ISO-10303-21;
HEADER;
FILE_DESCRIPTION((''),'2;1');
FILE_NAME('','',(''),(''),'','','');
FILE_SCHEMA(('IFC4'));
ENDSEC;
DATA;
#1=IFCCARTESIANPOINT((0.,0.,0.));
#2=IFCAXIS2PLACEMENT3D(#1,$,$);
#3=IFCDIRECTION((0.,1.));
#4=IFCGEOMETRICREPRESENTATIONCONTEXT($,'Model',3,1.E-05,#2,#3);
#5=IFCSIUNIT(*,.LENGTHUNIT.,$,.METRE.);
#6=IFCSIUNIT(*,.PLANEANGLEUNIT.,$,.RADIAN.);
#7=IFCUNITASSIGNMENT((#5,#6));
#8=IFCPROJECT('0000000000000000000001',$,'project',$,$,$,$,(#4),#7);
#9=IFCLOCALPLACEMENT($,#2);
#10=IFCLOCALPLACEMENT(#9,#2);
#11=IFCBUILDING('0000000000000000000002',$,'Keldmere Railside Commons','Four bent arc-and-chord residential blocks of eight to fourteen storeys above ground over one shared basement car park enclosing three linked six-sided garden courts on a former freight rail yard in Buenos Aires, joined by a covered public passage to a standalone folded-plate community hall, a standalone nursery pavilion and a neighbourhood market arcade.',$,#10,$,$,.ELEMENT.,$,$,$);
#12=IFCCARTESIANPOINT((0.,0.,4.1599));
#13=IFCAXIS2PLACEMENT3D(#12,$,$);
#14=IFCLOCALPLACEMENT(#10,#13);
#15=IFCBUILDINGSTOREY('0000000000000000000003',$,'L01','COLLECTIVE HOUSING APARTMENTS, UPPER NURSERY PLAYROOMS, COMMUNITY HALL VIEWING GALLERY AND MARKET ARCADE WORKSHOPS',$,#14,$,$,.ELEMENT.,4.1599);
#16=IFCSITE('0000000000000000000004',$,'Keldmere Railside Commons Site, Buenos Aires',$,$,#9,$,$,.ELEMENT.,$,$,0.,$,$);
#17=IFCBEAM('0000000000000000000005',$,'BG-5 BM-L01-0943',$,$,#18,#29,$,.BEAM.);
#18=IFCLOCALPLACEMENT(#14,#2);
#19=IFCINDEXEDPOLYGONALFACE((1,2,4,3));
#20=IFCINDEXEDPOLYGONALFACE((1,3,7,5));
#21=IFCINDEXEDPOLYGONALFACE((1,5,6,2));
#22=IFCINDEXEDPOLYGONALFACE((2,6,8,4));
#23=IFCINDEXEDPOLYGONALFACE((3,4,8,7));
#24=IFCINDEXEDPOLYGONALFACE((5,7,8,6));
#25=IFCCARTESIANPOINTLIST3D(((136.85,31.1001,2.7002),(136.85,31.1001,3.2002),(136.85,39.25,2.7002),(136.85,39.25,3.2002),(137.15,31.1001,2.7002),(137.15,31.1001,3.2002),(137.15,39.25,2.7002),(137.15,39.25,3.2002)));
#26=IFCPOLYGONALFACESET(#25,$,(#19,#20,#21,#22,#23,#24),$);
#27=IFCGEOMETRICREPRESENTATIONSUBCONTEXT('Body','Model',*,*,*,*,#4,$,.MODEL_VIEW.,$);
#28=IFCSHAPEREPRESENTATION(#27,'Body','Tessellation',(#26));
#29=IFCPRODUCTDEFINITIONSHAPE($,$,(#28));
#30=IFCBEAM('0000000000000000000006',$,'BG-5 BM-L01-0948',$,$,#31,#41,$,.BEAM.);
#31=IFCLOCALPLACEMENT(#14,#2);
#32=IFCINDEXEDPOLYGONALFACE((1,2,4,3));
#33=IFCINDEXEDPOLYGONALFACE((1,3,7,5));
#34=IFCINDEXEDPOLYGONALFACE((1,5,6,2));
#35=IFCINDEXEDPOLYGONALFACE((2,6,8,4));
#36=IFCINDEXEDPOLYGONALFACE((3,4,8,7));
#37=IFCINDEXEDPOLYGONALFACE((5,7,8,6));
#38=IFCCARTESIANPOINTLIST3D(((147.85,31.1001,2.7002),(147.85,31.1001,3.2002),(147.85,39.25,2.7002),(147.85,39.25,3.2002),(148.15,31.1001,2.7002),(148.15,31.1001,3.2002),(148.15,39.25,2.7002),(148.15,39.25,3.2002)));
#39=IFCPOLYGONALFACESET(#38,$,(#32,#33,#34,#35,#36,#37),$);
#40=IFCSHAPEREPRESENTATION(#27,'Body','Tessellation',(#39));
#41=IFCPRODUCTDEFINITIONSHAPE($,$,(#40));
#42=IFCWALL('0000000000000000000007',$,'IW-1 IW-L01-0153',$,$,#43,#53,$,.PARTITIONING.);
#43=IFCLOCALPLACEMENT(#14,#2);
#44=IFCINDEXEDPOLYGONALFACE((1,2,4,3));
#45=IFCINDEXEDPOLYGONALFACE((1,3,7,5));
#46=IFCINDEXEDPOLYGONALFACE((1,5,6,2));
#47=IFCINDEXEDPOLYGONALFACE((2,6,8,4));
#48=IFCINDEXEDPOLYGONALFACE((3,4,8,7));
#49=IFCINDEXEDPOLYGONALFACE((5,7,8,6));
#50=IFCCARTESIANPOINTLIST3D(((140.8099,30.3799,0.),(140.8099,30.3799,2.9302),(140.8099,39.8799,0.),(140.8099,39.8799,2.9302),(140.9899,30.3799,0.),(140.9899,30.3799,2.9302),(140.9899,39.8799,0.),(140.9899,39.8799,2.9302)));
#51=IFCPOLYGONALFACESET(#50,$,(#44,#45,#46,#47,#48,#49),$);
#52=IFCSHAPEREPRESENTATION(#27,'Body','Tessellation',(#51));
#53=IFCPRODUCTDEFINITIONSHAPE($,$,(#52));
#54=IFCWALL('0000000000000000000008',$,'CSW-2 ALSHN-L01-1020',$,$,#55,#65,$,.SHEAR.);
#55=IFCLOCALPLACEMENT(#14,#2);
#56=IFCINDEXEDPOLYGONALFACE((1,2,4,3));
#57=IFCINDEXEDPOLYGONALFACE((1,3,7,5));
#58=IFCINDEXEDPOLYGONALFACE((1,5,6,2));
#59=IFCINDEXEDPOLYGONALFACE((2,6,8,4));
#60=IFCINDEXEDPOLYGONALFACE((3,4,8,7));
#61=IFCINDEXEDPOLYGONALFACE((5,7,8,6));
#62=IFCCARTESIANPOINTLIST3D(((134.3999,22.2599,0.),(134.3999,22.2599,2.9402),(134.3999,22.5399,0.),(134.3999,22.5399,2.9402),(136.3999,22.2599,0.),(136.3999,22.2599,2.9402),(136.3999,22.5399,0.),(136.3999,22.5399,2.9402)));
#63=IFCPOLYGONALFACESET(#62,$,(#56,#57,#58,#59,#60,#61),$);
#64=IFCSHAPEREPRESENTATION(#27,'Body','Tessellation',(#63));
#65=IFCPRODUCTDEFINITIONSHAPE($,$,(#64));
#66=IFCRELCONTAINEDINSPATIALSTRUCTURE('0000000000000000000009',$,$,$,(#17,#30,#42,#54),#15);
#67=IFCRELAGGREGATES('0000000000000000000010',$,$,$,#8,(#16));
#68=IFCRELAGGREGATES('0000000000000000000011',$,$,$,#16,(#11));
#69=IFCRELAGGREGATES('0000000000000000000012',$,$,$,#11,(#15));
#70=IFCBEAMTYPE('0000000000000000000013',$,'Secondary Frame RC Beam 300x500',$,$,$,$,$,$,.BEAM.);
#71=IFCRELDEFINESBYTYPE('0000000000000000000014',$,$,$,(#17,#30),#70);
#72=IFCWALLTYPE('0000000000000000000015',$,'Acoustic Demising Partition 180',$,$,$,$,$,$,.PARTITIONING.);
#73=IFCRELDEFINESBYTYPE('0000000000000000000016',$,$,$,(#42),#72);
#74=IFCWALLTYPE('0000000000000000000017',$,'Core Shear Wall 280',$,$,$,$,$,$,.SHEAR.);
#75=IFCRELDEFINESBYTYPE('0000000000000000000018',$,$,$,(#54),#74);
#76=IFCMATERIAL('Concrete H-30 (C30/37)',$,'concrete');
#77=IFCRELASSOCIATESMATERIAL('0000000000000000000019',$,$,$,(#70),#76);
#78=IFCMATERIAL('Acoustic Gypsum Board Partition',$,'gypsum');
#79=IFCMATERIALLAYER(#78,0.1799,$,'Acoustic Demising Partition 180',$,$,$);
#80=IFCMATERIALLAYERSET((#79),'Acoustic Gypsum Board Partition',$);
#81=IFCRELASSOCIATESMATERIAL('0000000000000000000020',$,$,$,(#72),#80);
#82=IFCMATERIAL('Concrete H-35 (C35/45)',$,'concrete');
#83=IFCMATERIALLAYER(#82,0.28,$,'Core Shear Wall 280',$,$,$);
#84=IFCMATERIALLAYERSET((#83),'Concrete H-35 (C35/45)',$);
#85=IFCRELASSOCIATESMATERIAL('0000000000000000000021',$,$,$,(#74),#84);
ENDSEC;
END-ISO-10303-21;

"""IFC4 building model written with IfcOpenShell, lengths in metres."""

from ifc_helpers import new_model, si_unit, direction, frame, frame_2d, origin, origin_2d, place, context, subcontext, project, spatial, rectangle, extrude, material, layer, layer_set, material_profile, profile_set, type_object, element, save


model = new_model("IFC4")

# Units and contexts
model_context = context("Model", 3, precision=1e-05, world=origin(), true_north=direction((0.0, 1.0)))
body_context = subcontext(model_context, "Body", "Model", "MODEL_VIEW")
ifc_project = project(units=[si_unit("LENGTHUNIT", "METRE"), si_unit("PLANEANGLEUNIT", "RADIAN")], contexts=[model_context])

# Site, building, storey
site_placement = place(None, origin())
site = spatial("IfcSite", under=ifc_project, at=site_placement, Name="Keldmere Railside Commons Site, Buenos Aires", CompositionType="ELEMENT", RefElevation=0.0)
building_placement = place(site_placement, origin())
building = spatial("IfcBuilding", under=site, at=building_placement, Name="Keldmere Railside Commons", Description="Four bent arc-and-chord residential blocks of eight to fourteen storeys above ground over one shared basement car park enclosing three linked six-sided garden courts on a former freight rail yard in Buenos Aires, joined by a covered public passage to a standalone folded-plate community hall, a standalone nursery pavilion and a neighbourhood market arcade.", CompositionType="ELEMENT")
storey_placement = place(building_placement, frame((0.0, 0.0, 4.1599)))
storey = spatial("IfcBuildingStorey", under=building, at=storey_placement, Name="L01", Description="COLLECTIVE HOUSING APARTMENTS, UPPER NURSERY PLAYROOMS, COMMUNITY HALL VIEWING GALLERY AND MARKET ARCADE WORKSHOPS", CompositionType="ELEMENT", Elevation=4.1599)

# Shared definitions
ifc_material_1 = material(Name="Concrete H-35 (C35/45)", Category="concrete")

# Beams
ifc_material_2 = material(Name="Concrete H-30 (C30/37)", Category="concrete")
ifc_material_profile_1 = material_profile(ifc_material_2, rectangle(XDim=0.3, YDim=0.5, at=origin_2d()), Name="RC-300x500")
ifc_profile_set_1 = profile_set([ifc_material_profile_1], Name="Concrete H-30 (C30/37)")
beam_type_1 = type_object("IfcBeamType", Name="Secondary Frame RC Beam 300x500", PredefinedType="BEAM", material=ifc_profile_set_1)
for number, where, z_axis, x_axis, name in (
    (1, (137.0, 31.1001, 2.9502), (0.0, 1.0, 0.0), (-1.0, 0.0, 0.0), "BG-5 BM-L01-0943"),
    (2, (148.0, 31.1001, 2.9502), (0.0, 1.0, 0.0), (-1.0, 0.0, 0.0), "BG-5 BM-L01-0948"),
):
    element("IfcBeam", number, at=place(storey_placement, frame(where, z_axis=z_axis, x_axis=x_axis)), inside=storey, type_object=beam_type_1, Name=name, PredefinedType="BEAM", context=body_context, shape_type="SweptSolid", body=[
        extrude(rectangle(XDim=0.3, YDim=0.5, at=origin_2d()), origin(), (0.0, 0.0, 1.0), 8.1499),
    ])

# Walls
ifc_material_3 = material(Name="Acoustic Gypsum Board Partition", Category="gypsum")
ifc_layer_1 = layer(ifc_material_3, 0.1799, Name="Acoustic Demising Partition 180")
ifc_layer_set_1 = layer_set([ifc_layer_1], Name="Acoustic Gypsum Board Partition")
wall_type_1 = type_object("IfcWallType", Name="Acoustic Demising Partition 180", PredefinedType="PARTITIONING", material=ifc_layer_set_1)
wall_1_placement = place(storey_placement, frame((140.8999, 30.3799, 0.0), z_axis=(0.0, 0.0, 1.0), x_axis=(0.0, 1.0, 0.0)))
element("IfcWall", 3, at=wall_1_placement, inside=storey, type_object=wall_type_1, Name="IW-1 IW-L01-0153", PredefinedType="PARTITIONING", context=body_context, shape_type="SweptSolid", body=[
    extrude(rectangle(XDim=9.5, YDim=0.1799, at=frame_2d((4.75, 0.0))), origin(), (0.0, 0.0, 1.0), 2.9302),
])
ifc_layer_2 = layer(ifc_material_1, 0.28, Name="Core Shear Wall 280")
ifc_layer_set_2 = layer_set([ifc_layer_2], Name="Concrete H-35 (C35/45)")
wall_type_2 = type_object("IfcWallType", Name="Core Shear Wall 280", PredefinedType="SHEAR", material=ifc_layer_set_2)
wall_2_placement = place(storey_placement, frame((134.3999, 22.3999, 0.0), z_axis=(0.0, 0.0, 1.0), x_axis=(1.0, 0.0, 0.0)))
element("IfcWall", 4, at=wall_2_placement, inside=storey, type_object=wall_type_2, Name="CSW-2 ALSHN-L01-1020", PredefinedType="SHEAR", context=body_context, shape_type="SweptSolid", body=[
    extrude(rectangle(XDim=2.0, YDim=0.28, at=frame_2d((1.0, 0.0))), origin(), (0.0, 0.0, 1.0), 2.9402),
])

save(model, "model.ifc")
